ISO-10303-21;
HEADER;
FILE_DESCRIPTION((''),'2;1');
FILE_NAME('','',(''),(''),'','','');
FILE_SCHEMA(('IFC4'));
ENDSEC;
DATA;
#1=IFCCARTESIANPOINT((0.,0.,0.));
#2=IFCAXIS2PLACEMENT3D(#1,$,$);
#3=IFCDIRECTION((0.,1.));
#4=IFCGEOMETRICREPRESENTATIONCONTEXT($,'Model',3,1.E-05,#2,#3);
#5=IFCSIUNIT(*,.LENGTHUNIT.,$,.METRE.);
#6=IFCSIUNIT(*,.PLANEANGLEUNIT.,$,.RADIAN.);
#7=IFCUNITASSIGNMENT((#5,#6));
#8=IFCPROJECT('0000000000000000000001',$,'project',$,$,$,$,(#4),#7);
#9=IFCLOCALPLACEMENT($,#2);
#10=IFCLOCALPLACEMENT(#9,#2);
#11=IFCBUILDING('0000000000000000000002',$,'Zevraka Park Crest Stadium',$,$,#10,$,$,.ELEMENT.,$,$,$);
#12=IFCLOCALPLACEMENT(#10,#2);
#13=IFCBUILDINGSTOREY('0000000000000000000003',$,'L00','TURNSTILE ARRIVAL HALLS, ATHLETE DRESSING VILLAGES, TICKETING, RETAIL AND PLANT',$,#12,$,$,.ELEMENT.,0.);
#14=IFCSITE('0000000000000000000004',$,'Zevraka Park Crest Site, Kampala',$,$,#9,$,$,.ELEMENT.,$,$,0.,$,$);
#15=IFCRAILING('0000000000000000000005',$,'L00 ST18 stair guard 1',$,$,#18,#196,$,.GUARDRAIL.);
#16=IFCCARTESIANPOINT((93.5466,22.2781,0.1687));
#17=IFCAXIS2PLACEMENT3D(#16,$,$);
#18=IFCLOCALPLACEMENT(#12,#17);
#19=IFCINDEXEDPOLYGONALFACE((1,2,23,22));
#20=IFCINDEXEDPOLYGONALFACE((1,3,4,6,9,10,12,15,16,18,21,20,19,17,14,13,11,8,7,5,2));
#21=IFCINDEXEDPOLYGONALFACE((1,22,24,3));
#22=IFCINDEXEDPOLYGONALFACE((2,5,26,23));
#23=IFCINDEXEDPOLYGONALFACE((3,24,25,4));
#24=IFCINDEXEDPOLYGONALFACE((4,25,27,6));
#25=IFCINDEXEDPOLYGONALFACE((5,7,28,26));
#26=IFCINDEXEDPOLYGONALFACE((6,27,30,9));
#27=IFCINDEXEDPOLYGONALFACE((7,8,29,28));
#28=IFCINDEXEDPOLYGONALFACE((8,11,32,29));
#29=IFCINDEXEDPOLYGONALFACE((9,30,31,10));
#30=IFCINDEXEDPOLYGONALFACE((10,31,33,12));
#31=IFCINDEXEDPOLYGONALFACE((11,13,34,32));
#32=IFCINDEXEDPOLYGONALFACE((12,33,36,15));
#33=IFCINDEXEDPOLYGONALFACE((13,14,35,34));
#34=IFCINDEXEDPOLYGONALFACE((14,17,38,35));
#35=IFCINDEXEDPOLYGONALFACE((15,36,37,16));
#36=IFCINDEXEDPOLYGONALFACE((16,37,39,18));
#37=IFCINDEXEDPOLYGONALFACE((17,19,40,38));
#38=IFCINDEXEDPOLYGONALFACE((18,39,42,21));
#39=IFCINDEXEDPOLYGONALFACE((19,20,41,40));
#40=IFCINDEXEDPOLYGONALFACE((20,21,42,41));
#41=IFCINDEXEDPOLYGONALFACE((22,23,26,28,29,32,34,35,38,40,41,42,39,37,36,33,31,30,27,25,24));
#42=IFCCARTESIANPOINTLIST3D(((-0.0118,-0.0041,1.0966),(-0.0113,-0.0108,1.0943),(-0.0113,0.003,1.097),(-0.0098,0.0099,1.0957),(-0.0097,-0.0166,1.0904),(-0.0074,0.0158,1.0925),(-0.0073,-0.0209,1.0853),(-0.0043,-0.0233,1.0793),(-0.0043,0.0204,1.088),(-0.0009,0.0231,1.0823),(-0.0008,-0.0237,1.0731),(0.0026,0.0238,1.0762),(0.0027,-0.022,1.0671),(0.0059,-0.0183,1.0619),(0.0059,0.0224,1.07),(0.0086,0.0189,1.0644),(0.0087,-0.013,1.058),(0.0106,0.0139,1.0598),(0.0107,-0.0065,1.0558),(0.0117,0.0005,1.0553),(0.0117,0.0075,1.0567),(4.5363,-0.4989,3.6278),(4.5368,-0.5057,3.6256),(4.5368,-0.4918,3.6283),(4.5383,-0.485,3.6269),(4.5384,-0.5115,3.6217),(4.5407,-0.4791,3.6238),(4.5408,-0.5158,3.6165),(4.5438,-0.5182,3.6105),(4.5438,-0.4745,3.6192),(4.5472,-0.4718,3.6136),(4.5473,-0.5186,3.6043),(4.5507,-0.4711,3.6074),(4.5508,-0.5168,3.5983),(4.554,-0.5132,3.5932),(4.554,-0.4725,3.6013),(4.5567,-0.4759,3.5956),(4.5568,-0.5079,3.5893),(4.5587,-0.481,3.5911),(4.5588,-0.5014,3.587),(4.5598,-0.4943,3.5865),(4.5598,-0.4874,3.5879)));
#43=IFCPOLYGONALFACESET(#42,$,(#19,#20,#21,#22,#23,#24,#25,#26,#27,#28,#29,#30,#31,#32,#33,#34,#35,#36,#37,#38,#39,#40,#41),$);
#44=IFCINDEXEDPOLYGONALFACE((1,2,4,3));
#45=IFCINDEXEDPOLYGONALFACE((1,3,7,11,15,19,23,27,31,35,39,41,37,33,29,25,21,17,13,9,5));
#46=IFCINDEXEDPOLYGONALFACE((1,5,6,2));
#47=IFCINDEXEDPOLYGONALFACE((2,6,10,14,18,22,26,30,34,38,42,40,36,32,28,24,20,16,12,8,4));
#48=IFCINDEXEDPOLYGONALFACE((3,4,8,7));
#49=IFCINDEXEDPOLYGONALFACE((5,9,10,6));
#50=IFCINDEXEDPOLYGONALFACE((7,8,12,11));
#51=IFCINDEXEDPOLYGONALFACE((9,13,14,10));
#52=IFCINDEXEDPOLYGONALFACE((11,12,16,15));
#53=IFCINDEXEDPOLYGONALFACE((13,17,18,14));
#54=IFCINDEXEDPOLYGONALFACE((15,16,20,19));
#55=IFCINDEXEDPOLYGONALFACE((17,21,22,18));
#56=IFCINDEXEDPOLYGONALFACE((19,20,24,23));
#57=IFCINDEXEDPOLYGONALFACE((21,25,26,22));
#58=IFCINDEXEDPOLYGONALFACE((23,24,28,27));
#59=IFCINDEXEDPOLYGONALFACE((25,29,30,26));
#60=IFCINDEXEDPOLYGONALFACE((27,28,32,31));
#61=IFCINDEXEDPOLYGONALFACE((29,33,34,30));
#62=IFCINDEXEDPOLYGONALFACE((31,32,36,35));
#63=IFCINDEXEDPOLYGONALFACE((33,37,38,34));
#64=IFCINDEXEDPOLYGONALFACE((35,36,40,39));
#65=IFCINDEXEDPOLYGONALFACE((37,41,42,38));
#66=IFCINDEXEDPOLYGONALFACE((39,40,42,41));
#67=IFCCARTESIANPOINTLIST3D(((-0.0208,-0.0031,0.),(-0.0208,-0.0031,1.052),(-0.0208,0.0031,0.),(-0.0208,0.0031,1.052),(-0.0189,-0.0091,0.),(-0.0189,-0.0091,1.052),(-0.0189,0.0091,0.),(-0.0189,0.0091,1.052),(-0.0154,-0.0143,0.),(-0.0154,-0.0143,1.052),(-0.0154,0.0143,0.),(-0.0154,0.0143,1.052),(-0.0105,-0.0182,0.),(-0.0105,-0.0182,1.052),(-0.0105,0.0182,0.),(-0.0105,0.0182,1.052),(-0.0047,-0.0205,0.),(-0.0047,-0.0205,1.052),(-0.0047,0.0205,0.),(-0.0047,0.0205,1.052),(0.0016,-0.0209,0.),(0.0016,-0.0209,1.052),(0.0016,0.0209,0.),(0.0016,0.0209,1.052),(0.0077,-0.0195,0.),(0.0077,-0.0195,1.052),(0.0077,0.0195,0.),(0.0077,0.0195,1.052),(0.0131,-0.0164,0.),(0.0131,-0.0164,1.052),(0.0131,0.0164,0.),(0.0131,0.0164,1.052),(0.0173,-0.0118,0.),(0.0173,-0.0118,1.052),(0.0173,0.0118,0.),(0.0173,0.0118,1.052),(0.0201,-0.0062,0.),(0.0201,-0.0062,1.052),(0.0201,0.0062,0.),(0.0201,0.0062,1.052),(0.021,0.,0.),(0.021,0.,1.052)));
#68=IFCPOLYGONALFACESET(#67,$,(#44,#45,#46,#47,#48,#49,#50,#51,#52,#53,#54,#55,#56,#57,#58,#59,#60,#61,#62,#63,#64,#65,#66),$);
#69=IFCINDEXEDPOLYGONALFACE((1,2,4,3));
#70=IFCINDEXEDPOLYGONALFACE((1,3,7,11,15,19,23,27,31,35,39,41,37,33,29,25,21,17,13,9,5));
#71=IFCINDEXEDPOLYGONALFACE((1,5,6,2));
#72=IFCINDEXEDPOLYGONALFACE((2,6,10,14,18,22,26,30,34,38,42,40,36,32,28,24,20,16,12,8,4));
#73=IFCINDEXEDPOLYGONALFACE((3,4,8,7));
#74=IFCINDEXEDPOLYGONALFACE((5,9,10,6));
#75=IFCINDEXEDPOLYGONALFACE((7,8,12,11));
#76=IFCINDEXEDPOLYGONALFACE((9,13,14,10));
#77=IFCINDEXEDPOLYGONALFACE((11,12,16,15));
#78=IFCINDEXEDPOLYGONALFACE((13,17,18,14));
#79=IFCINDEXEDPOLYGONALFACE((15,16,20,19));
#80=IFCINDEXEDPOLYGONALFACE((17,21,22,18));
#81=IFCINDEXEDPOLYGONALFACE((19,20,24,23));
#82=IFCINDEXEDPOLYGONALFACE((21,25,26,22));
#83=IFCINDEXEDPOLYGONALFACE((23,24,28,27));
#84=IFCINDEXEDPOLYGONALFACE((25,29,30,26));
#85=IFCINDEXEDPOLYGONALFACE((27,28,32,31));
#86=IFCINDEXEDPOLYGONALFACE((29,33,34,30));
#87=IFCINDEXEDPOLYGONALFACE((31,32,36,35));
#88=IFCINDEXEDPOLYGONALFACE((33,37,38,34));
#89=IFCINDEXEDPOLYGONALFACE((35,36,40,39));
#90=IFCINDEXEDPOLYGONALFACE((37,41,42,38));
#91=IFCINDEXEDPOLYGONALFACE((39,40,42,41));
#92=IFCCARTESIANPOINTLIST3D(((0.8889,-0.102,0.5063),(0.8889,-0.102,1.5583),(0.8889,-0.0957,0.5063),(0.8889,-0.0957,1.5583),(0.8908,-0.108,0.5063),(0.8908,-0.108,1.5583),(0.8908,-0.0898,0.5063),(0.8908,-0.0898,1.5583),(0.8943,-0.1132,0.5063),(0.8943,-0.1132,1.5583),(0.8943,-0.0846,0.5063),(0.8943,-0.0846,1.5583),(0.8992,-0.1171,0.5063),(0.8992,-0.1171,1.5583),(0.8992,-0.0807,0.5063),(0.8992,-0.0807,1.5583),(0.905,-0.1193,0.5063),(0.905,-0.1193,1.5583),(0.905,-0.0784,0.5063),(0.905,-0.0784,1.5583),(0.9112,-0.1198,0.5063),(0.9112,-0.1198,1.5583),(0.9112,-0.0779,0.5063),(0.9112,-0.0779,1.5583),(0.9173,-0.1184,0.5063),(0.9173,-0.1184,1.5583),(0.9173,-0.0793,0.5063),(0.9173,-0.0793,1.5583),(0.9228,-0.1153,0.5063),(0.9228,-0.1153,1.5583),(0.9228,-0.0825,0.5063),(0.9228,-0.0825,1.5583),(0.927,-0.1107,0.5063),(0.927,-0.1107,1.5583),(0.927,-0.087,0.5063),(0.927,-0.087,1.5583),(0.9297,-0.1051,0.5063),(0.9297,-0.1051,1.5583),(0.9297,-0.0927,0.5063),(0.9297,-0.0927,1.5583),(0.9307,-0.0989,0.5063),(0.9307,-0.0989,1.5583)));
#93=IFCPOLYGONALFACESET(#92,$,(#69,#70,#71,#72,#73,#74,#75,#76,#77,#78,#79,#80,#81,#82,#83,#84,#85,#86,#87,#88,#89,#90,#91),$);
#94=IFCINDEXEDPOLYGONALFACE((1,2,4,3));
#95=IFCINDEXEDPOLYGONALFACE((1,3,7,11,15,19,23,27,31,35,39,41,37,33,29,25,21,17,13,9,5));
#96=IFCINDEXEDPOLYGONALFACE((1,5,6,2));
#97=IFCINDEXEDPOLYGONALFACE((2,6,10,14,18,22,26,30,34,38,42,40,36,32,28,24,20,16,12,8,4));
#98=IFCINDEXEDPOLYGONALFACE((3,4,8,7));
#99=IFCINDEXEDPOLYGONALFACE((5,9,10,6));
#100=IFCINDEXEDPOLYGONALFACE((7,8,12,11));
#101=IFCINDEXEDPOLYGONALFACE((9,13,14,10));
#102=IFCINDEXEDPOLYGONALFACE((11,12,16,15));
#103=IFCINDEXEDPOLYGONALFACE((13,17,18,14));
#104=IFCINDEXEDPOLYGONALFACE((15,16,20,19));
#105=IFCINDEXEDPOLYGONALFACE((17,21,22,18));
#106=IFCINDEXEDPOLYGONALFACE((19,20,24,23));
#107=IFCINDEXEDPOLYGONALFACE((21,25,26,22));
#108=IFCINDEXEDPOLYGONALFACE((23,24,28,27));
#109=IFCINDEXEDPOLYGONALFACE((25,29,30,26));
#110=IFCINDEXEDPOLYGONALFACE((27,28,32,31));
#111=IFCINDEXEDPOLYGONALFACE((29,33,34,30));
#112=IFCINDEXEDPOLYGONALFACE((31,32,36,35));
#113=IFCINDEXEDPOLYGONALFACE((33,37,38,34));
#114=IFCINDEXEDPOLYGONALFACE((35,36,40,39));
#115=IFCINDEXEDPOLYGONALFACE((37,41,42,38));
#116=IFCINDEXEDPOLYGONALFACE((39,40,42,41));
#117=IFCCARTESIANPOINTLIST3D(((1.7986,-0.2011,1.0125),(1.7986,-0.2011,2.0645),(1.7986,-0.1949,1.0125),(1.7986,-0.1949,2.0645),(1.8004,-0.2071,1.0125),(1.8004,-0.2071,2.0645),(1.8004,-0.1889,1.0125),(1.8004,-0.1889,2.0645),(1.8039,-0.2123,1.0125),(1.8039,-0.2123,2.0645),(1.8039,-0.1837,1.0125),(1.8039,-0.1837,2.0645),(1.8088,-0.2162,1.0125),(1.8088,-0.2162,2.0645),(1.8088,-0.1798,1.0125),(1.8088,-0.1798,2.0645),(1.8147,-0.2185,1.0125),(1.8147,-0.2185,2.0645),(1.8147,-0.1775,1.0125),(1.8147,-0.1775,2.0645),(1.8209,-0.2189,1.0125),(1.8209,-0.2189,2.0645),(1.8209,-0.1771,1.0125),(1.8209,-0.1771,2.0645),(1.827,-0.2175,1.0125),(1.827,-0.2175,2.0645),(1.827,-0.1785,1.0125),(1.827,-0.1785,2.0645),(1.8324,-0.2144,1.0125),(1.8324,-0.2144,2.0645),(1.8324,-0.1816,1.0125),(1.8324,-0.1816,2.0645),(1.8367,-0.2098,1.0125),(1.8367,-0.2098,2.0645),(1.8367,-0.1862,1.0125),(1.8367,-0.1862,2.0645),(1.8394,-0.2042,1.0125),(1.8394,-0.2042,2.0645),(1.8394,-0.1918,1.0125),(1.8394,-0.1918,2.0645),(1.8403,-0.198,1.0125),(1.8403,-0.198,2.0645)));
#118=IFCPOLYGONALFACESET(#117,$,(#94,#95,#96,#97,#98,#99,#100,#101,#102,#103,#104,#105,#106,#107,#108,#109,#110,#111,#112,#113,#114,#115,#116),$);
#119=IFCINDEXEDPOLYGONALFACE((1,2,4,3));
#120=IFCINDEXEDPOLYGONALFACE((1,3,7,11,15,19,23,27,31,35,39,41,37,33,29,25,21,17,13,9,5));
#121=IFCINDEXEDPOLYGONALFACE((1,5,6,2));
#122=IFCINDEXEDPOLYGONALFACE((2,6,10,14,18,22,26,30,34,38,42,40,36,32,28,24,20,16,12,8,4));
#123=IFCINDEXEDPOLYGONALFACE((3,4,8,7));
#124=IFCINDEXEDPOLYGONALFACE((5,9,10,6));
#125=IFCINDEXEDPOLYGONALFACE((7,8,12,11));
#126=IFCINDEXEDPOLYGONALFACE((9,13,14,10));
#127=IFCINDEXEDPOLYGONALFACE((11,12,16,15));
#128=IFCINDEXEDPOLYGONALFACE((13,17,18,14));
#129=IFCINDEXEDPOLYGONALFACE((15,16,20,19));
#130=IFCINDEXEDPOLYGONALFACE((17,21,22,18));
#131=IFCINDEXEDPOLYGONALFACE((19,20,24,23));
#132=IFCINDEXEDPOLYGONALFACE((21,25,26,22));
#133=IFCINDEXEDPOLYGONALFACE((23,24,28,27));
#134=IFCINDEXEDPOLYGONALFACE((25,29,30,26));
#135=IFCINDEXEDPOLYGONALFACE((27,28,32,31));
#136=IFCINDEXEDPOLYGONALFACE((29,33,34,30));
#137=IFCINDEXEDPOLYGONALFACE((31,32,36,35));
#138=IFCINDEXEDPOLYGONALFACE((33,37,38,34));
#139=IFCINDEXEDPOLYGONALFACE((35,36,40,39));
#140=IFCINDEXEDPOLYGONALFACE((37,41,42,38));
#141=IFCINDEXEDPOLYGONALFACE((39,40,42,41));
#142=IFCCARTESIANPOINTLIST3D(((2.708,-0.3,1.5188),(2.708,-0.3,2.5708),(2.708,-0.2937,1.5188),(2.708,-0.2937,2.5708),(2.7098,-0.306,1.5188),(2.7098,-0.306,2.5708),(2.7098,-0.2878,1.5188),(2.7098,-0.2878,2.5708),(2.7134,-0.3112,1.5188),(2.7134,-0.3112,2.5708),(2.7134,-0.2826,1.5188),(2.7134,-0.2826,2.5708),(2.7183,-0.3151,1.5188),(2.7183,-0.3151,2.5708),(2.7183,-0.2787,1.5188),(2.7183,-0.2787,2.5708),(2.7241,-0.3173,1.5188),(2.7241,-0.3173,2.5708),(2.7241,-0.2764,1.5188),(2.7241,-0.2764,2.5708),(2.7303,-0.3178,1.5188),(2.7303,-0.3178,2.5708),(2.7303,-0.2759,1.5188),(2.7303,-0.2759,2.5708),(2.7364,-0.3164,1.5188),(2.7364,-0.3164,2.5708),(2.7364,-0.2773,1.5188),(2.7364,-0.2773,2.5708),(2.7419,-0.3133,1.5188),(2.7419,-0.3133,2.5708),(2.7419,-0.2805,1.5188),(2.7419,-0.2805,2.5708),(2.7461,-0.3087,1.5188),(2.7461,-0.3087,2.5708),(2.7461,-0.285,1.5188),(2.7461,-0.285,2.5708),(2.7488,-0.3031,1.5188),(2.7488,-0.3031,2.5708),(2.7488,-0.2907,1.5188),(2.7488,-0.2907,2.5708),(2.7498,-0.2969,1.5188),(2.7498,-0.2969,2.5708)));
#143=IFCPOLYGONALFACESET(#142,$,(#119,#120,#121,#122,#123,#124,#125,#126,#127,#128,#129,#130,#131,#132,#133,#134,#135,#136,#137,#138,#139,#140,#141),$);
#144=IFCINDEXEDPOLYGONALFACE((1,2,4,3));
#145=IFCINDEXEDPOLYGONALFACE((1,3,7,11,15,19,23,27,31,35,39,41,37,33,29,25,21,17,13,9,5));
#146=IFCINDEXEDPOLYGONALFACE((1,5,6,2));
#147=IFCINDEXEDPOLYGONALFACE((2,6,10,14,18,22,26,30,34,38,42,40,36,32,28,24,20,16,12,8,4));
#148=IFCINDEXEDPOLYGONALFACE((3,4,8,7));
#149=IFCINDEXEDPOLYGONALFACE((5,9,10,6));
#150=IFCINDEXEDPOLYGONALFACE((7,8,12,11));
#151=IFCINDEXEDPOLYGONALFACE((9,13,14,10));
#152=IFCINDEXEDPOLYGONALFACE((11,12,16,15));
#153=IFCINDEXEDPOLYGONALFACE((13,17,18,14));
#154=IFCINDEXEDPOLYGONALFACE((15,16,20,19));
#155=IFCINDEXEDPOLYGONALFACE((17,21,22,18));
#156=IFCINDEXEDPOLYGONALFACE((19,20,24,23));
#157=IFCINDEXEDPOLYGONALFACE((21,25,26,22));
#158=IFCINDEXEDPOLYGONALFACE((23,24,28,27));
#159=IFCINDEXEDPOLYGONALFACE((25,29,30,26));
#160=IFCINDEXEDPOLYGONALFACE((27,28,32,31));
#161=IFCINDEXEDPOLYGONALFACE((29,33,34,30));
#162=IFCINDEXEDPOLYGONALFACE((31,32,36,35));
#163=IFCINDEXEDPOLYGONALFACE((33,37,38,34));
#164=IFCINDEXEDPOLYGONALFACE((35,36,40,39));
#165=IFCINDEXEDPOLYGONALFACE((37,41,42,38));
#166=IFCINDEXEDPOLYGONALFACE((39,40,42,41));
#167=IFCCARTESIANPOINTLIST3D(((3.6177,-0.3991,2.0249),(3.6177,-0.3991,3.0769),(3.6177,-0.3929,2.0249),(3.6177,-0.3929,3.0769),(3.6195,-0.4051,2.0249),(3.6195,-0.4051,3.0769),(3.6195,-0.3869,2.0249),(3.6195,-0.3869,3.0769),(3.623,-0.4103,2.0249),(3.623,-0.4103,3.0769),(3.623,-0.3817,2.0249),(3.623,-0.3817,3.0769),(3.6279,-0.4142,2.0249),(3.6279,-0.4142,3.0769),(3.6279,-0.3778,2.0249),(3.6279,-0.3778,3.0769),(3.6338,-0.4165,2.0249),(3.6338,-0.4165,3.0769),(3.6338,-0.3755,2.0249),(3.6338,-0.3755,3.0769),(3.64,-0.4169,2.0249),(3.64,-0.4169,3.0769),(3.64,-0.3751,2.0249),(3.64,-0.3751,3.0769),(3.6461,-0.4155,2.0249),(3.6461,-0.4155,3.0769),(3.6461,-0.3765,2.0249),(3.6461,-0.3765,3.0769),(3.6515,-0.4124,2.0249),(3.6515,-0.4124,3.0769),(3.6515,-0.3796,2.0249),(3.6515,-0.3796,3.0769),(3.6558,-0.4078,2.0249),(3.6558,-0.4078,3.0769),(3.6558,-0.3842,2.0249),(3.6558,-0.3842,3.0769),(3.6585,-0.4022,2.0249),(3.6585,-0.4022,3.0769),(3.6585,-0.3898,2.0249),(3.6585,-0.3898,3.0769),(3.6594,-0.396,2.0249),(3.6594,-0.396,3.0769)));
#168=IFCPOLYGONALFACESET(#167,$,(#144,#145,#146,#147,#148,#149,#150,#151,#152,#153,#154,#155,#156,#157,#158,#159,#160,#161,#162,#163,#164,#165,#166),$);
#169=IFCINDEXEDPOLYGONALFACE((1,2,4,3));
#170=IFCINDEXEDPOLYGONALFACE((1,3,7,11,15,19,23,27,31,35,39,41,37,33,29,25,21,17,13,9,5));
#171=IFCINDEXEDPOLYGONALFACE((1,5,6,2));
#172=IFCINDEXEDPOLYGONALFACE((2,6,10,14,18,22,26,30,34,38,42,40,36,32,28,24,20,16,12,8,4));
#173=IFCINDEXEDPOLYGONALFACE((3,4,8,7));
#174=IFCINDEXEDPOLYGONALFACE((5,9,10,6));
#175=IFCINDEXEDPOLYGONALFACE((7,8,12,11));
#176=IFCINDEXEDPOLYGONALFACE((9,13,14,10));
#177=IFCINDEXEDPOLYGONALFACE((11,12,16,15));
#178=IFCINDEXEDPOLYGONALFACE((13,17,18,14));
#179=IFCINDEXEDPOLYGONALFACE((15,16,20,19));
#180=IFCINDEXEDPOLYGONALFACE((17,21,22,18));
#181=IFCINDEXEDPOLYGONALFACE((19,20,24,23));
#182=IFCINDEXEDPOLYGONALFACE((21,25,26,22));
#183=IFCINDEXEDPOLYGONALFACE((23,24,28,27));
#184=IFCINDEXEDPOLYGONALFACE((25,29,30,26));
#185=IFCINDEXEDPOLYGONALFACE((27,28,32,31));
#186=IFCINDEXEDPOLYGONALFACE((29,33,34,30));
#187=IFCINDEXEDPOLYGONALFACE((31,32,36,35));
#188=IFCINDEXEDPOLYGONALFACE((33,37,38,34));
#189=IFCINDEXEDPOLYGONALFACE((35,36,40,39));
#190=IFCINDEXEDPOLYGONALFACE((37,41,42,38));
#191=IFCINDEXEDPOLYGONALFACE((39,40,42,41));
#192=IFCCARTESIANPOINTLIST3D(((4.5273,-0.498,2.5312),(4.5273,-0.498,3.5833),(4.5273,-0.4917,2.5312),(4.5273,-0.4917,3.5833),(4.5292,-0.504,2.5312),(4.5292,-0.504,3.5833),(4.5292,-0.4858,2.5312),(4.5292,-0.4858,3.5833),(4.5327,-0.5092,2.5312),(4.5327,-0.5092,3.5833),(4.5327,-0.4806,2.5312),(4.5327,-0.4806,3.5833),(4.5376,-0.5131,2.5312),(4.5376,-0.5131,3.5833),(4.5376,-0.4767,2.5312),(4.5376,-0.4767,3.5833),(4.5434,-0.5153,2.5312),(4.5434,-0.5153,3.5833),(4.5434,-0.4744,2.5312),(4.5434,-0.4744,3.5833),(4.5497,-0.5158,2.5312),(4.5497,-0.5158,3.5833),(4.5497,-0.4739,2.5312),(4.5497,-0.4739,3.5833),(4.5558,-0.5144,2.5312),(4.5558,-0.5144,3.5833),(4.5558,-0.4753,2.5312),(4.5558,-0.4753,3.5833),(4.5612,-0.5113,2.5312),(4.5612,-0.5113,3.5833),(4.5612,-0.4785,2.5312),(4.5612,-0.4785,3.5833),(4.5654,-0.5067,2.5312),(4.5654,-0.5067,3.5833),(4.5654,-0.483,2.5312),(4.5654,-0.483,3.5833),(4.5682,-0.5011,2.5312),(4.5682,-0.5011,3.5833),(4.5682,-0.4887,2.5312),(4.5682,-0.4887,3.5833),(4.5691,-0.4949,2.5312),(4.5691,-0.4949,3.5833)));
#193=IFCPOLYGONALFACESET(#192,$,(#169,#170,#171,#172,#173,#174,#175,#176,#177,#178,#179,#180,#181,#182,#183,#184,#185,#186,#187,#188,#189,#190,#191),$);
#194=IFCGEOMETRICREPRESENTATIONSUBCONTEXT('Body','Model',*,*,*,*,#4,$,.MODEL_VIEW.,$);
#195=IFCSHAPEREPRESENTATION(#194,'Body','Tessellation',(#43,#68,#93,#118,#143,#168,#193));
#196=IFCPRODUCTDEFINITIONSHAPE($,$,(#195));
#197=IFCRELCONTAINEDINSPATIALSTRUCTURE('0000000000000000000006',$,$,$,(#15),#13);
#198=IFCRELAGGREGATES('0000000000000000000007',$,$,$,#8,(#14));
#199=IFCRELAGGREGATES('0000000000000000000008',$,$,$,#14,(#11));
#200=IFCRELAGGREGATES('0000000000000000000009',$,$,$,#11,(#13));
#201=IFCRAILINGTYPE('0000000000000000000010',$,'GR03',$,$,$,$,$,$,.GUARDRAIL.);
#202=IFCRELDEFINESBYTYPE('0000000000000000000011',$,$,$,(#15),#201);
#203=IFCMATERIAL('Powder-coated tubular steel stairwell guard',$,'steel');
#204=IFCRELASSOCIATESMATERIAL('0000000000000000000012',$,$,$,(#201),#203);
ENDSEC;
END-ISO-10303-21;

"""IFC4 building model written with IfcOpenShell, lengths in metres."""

from ifc_helpers import new_model, si_unit, direction, frame, origin, origin_2d, place, context, subcontext, project, spatial, circle, extrude, material, type_object, element, save


model = new_model("IFC4")

# Units and contexts
model_context = context("Model", 3, precision=1e-05, world=origin(), true_north=direction((0.0, 1.0)))
body_context = subcontext(model_context, "Body", "Model", "MODEL_VIEW")
ifc_project = project(units=[si_unit("LENGTHUNIT", "METRE"), si_unit("PLANEANGLEUNIT", "RADIAN")], contexts=[model_context])

# Site, building, storey
site_placement = place(None, origin())
site = spatial("IfcSite", under=ifc_project, at=site_placement, Name="Zevraka Park Crest Site, Kampala", CompositionType="ELEMENT", RefElevation=0.0)
building_placement = place(site_placement, origin())
building = spatial("IfcBuilding", under=site, at=building_placement, Name="Zevraka Park Crest Stadium", CompositionType="ELEMENT")
storey_placement = place(building_placement, origin())
storey = spatial("IfcBuildingStorey", under=building, at=storey_placement, Name="L00", Description="TURNSTILE ARRIVAL HALLS, ATHLETE DRESSING VILLAGES, TICKETING, RETAIL AND PLANT", CompositionType="ELEMENT", Elevation=0.0)

# Railing
ifc_material_1 = material(Name="Powder-coated tubular steel stairwell guard", Category="steel")
railing_type_1 = type_object("IfcRailingType", Name="GR03", PredefinedType="GUARDRAIL", material=ifc_material_1)
railing_1_placement = place(storey_placement, frame((93.5466, 22.2781, 0.1687)))
element("IfcRailing", 1, at=railing_1_placement, inside=storey, type_object=railing_type_1, Name="L00 ST18 stair guard 1", PredefinedType="GUARDRAIL", context=body_context, shape_type="SweptSolid", body=[
    extrude(circle(Radius=0.0239, at=origin_2d()), frame((0.0, 0.0, 1.0762), z_axis=(0.869865, -0.094649, 0.484125), x_axis=(0.10817, 0.994132, 0.0)), (0.0, 0.0, 1.0), 5.2285),
    extrude(circle(Radius=0.021, at=origin_2d()), origin(), (0.0, 0.0, 1.0), 1.052),
    extrude(circle(Radius=0.021, at=origin_2d()), frame((0.9097, -0.0989, 0.5063)), (0.0, 0.0, 1.0), 1.052),
    extrude(circle(Radius=0.021, at=origin_2d()), frame((1.8193, -0.198, 1.0125)), (0.0, 0.0, 1.0), 1.052),
    extrude(circle(Radius=0.021, at=origin_2d()), frame((2.7288, -0.2969, 1.5188)), (0.0, 0.0, 1.0), 1.052),
    extrude(circle(Radius=0.021, at=origin_2d()), frame((3.6384, -0.396, 2.0249)), (0.0, 0.0, 1.0), 1.052),
    extrude(circle(Radius=0.021, at=origin_2d()), frame((4.5481, -0.4949, 2.5312)), (0.0, 0.0, 1.0), 1.052),
])

save(model, "model.ifc")
